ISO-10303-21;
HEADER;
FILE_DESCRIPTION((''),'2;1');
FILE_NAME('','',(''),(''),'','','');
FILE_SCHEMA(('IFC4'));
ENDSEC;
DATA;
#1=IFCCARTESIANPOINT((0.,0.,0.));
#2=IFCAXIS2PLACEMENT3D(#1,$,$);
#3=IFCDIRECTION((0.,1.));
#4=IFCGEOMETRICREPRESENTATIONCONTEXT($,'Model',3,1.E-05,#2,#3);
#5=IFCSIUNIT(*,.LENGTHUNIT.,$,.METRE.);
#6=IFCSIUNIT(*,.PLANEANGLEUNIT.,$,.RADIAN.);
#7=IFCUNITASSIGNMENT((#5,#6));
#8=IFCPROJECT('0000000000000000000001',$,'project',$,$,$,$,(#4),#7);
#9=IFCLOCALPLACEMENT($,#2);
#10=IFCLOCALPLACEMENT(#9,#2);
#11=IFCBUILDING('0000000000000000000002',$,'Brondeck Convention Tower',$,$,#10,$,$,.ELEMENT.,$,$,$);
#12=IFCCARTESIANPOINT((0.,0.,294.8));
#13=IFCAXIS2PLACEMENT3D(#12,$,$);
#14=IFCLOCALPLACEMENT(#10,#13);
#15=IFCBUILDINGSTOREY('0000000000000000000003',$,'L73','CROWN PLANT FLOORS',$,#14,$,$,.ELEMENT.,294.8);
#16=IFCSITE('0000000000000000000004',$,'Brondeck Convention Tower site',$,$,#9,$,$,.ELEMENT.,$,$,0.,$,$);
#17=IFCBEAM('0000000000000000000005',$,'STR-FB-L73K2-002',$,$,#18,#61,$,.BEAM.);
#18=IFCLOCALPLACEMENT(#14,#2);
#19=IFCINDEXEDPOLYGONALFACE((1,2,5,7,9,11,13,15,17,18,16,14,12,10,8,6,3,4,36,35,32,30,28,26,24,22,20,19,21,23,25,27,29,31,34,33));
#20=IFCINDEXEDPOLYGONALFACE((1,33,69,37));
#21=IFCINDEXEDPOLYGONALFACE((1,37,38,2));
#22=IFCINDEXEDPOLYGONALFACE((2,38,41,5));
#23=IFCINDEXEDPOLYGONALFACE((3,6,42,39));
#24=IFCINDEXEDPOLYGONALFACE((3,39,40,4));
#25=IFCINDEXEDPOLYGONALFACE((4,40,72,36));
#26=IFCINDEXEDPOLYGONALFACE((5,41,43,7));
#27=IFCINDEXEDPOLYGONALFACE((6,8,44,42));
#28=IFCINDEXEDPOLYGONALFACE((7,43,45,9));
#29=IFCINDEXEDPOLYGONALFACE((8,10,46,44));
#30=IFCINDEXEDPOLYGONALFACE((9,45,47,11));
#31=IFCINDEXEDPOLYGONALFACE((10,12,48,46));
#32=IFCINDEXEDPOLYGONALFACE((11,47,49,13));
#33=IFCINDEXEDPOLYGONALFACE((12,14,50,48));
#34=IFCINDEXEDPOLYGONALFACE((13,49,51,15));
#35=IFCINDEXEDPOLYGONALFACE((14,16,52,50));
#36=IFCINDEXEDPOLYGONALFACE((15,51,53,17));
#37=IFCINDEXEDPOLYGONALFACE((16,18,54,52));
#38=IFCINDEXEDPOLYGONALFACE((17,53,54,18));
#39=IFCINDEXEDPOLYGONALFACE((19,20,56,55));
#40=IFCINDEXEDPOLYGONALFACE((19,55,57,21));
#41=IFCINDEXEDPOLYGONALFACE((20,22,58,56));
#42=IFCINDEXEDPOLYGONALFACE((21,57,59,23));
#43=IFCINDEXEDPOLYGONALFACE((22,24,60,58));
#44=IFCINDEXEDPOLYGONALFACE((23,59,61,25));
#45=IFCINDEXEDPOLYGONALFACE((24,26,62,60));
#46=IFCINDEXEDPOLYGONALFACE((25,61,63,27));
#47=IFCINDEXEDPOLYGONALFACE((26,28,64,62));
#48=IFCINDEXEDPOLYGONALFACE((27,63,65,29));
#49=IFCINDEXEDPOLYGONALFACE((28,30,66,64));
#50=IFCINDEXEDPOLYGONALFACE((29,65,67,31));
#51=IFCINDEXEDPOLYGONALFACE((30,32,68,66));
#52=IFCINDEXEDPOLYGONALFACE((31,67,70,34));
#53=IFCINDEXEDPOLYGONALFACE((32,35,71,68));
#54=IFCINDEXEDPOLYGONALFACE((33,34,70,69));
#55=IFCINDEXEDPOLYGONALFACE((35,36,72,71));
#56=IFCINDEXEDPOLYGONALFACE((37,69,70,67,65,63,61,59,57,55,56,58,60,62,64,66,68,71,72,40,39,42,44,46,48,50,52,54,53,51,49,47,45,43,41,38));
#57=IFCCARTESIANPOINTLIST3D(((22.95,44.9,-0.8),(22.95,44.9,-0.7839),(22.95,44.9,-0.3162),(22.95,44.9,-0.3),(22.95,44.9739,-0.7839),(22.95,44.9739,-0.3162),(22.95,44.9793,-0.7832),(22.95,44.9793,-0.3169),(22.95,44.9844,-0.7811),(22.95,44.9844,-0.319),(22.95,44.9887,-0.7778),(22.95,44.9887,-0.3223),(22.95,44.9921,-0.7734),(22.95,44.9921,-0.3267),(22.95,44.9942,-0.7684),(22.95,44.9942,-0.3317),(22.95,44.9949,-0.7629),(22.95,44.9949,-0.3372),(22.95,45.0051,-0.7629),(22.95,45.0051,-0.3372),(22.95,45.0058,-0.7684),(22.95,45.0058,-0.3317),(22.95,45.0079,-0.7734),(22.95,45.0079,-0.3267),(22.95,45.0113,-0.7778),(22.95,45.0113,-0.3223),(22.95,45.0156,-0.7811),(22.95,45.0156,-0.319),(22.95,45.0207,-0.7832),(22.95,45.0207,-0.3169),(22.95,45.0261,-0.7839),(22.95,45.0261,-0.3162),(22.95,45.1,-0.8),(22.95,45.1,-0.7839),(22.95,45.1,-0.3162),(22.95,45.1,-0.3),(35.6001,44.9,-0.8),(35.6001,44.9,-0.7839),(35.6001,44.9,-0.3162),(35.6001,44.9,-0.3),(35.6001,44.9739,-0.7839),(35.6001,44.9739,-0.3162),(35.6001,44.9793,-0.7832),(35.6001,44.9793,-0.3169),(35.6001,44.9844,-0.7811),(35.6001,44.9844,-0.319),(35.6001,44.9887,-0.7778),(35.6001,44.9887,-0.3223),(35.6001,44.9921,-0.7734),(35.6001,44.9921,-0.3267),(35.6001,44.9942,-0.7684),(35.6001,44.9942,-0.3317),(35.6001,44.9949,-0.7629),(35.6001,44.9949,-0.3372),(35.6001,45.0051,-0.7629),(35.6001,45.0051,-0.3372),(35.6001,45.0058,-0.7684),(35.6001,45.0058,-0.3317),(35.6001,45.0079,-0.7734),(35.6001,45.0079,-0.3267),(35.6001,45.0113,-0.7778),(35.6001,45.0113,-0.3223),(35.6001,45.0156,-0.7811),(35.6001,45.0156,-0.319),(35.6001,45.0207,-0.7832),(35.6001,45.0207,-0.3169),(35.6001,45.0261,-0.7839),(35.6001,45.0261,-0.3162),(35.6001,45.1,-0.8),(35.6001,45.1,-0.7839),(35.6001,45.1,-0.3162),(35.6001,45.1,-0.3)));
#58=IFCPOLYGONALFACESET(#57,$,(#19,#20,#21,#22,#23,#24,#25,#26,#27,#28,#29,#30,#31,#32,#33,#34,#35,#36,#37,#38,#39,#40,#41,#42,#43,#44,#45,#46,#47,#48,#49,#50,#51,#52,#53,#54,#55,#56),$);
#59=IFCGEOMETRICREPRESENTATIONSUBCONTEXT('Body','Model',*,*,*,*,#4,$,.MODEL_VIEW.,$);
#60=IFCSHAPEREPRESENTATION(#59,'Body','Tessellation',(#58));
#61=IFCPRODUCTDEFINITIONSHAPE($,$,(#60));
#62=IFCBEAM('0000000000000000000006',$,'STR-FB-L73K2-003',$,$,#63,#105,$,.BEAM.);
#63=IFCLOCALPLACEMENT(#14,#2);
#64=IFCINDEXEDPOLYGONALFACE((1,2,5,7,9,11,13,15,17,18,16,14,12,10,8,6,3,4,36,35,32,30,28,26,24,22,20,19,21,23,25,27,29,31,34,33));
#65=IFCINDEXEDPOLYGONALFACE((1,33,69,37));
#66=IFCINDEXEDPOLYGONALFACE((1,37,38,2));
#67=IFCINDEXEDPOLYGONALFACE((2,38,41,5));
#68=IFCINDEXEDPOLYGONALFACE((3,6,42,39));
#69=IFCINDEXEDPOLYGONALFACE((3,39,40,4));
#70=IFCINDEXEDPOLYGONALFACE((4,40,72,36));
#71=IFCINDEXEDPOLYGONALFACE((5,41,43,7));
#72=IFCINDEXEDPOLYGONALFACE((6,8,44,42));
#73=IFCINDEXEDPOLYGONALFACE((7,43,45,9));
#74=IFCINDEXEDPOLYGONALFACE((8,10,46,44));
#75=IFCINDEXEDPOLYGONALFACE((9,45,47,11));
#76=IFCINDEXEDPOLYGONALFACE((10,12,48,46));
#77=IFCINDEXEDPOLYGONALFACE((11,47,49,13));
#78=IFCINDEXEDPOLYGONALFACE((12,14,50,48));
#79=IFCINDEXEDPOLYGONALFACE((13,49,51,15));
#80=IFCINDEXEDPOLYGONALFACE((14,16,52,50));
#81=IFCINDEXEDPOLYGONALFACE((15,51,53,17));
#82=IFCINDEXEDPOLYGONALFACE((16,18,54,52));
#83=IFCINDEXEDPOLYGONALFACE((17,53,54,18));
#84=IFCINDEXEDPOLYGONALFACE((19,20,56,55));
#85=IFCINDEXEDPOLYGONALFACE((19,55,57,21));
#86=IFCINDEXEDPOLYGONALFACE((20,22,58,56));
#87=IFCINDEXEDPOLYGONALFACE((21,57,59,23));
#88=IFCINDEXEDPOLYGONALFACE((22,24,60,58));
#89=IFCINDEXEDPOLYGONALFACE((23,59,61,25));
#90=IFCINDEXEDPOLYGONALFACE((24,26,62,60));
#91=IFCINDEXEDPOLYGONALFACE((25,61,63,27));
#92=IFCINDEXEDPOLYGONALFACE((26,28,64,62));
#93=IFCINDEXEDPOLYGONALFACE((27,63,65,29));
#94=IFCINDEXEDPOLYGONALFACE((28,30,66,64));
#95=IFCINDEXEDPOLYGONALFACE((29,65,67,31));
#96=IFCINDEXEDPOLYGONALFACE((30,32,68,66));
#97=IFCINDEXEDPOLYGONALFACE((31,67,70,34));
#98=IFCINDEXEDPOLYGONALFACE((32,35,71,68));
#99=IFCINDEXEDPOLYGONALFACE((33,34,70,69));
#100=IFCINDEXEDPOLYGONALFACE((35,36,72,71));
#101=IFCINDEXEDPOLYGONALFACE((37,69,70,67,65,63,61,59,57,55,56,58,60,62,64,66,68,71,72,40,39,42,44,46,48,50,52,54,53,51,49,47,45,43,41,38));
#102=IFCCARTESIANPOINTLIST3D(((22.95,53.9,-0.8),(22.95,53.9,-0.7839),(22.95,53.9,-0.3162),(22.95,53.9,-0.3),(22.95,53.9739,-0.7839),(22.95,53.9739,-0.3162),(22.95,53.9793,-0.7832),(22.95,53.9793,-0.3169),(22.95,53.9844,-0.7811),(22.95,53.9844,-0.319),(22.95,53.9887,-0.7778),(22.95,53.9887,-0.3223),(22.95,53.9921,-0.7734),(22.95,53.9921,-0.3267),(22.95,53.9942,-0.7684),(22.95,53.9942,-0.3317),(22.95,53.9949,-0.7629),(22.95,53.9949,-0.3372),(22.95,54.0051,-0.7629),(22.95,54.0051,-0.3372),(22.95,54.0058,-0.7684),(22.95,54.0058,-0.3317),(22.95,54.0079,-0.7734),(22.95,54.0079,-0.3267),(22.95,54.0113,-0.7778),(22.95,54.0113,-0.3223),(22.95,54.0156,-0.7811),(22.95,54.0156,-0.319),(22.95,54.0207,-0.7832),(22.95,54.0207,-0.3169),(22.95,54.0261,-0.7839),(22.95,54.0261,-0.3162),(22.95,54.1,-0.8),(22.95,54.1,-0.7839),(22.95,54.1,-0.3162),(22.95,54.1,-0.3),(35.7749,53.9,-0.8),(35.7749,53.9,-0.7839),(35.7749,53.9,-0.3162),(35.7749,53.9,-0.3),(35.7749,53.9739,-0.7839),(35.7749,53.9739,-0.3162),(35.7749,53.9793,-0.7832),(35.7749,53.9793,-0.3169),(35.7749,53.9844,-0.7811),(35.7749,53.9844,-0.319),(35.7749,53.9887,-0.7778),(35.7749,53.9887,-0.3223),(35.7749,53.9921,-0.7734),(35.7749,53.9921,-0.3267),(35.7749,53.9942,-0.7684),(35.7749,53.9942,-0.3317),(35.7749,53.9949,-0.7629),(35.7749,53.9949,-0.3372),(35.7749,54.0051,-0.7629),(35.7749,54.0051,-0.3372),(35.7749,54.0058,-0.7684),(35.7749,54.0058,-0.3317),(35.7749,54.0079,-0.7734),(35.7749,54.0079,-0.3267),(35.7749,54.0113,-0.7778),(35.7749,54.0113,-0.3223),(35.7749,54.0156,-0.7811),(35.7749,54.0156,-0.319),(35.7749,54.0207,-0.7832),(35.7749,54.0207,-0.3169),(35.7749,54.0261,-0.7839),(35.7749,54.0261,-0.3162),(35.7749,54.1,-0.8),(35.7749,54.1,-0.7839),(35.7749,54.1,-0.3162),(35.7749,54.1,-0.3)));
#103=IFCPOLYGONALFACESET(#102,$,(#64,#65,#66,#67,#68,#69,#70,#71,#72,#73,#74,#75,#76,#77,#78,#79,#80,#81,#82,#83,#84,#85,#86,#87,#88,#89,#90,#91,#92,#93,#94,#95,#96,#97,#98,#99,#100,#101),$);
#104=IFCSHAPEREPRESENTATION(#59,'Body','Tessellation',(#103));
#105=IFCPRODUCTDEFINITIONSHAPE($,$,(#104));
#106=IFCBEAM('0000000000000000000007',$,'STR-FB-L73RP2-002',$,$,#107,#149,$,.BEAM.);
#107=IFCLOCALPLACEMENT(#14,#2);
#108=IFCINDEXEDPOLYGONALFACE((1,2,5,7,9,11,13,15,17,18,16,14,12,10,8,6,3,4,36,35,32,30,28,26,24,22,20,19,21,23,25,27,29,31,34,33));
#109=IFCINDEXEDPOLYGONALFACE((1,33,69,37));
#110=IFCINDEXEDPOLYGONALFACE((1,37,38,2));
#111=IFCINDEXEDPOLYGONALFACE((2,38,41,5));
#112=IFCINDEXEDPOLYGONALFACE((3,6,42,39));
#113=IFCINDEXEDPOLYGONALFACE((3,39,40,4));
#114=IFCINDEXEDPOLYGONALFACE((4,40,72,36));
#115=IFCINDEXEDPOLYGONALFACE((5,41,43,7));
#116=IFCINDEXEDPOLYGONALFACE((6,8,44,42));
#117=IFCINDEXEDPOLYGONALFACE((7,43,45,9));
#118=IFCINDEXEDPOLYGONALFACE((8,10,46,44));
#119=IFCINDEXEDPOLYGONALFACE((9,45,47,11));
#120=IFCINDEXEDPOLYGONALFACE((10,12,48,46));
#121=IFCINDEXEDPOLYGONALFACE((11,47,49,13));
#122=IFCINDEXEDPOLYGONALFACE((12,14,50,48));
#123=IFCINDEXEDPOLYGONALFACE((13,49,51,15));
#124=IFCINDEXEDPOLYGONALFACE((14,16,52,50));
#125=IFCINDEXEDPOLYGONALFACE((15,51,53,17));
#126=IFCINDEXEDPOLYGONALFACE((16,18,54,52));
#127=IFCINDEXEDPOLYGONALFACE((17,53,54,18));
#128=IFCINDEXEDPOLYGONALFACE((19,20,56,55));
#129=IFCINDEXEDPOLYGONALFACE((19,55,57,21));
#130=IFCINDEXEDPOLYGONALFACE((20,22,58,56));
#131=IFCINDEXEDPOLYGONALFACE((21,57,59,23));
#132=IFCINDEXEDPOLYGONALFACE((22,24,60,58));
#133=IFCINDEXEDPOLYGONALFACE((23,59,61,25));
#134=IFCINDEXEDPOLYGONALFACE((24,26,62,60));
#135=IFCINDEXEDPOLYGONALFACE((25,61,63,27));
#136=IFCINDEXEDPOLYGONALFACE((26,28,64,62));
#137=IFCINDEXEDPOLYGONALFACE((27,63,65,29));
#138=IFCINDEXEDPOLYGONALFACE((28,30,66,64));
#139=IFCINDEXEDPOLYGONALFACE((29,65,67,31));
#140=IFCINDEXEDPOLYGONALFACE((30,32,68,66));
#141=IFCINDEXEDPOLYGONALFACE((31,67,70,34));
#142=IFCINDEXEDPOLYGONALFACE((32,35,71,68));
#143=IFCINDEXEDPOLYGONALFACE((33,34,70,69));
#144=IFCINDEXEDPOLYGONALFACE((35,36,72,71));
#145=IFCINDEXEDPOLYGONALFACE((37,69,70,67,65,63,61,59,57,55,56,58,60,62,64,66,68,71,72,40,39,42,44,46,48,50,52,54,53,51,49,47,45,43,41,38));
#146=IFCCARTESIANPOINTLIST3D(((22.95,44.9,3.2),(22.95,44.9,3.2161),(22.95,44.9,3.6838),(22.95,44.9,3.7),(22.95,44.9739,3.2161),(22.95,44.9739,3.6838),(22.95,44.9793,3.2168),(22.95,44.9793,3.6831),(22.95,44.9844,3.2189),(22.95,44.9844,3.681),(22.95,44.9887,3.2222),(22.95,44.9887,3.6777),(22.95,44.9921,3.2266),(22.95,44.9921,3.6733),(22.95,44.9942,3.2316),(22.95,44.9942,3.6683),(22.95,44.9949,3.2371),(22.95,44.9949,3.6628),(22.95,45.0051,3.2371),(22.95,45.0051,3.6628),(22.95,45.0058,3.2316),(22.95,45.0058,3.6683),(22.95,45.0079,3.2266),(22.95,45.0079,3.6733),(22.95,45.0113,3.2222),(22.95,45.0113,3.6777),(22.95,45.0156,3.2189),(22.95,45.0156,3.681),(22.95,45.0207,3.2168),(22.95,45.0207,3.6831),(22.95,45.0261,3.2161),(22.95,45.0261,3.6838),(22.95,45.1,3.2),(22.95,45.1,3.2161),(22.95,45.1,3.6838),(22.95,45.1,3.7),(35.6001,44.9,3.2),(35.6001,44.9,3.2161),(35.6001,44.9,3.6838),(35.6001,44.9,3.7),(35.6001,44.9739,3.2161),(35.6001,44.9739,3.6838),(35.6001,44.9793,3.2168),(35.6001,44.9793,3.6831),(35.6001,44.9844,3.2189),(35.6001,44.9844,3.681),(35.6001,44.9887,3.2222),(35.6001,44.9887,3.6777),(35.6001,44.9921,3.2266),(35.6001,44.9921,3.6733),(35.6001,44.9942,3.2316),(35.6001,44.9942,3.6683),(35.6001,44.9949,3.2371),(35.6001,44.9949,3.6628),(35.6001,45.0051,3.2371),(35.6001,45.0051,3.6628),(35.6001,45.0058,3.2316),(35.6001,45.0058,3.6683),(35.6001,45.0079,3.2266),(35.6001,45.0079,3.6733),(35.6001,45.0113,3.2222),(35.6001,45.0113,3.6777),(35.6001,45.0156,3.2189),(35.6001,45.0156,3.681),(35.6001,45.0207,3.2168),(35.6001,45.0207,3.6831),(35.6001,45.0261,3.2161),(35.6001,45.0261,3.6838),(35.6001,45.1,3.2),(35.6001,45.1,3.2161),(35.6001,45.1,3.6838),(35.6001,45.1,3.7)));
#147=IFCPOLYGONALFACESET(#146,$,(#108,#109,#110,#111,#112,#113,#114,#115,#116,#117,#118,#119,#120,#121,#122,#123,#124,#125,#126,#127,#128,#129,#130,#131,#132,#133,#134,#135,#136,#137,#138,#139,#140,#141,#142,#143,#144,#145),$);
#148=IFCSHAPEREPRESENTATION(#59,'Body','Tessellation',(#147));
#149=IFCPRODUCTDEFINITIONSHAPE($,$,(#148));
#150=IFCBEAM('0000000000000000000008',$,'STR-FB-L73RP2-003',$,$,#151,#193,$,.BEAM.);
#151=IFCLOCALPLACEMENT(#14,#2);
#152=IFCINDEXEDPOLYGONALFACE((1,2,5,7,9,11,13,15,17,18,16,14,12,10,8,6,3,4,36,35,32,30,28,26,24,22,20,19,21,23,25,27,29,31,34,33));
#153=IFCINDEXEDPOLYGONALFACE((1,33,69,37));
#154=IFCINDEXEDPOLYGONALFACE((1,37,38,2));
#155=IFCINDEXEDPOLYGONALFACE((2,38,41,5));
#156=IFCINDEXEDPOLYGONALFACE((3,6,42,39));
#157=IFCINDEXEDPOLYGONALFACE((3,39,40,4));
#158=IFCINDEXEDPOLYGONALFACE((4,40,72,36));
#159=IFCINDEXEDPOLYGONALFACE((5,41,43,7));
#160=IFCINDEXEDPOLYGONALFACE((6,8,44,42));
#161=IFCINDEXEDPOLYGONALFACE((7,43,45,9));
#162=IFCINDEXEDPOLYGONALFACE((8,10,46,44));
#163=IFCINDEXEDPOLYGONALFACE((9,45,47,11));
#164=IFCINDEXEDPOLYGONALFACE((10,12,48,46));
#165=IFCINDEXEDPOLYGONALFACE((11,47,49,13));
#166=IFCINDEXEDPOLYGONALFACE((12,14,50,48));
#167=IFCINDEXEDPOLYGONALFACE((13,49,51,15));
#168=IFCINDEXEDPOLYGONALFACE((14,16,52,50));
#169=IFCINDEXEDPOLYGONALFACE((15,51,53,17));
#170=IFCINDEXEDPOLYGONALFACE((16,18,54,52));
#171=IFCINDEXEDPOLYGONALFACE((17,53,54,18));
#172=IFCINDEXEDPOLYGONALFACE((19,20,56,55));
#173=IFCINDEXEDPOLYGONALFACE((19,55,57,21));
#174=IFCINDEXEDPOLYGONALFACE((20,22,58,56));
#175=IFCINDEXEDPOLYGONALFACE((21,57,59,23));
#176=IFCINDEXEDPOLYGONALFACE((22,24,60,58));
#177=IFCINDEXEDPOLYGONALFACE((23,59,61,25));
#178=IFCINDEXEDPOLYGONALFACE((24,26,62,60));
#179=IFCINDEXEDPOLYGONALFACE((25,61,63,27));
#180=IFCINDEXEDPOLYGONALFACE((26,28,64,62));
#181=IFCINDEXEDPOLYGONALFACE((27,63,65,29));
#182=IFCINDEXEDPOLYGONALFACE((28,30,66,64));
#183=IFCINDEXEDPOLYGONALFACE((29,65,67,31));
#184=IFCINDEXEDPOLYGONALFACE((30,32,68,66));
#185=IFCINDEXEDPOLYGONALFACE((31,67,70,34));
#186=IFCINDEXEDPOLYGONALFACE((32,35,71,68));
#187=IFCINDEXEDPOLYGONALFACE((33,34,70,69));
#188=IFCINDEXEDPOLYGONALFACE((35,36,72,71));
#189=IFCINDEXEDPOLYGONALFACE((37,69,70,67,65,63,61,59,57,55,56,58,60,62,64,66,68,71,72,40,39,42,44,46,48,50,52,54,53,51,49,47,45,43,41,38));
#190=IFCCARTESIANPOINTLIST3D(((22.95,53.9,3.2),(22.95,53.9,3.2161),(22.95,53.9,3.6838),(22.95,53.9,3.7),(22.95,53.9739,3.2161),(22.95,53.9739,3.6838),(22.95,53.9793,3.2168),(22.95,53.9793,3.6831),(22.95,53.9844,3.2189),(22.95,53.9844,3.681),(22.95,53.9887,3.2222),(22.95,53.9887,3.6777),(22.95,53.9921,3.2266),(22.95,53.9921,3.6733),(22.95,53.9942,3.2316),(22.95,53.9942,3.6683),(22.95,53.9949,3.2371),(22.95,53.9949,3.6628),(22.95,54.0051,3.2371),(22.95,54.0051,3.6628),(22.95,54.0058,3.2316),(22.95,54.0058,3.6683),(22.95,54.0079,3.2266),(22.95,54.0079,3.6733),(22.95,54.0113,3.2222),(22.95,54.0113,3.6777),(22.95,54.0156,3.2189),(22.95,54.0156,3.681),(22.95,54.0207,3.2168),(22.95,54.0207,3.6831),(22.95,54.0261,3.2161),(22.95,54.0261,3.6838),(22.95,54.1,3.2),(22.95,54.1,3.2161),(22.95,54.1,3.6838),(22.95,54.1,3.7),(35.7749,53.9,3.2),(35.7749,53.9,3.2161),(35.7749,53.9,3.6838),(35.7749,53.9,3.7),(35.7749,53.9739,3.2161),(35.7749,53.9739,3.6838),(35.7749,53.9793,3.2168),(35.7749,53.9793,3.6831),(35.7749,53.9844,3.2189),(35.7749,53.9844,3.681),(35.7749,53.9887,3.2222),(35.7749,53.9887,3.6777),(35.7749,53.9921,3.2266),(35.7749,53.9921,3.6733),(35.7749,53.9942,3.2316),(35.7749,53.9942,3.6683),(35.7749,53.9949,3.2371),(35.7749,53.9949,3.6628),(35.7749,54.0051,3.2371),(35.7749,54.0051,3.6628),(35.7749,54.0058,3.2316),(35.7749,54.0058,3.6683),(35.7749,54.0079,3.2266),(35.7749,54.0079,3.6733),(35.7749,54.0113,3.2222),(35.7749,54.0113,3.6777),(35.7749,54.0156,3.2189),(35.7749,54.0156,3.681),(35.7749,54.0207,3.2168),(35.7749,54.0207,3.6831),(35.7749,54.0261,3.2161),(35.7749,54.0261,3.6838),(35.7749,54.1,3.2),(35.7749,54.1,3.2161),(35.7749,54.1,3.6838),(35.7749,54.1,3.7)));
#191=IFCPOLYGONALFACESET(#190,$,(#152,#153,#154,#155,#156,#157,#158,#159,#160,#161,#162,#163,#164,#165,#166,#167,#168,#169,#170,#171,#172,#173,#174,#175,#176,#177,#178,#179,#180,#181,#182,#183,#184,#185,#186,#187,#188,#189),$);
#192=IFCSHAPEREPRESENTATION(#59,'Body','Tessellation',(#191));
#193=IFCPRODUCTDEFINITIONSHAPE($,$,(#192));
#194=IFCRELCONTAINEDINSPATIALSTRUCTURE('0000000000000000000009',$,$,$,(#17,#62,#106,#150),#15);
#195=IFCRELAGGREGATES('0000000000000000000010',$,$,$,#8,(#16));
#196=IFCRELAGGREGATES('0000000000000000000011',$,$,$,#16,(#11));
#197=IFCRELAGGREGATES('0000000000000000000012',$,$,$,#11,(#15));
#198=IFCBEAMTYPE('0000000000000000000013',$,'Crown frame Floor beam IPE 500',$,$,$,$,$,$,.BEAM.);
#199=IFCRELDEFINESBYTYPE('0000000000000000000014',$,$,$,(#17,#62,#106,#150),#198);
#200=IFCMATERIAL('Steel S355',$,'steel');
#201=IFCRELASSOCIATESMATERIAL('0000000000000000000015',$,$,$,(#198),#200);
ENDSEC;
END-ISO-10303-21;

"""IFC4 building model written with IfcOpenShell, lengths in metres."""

from ifc_helpers import new_model, si_unit, direction, frame, origin, origin_2d, place, context, subcontext, project, spatial, i_section, extrude, material, material_profile, profile_set, type_object, element, save


model = new_model("IFC4")

# Units and contexts
model_context = context("Model", 3, precision=1e-05, world=origin(), true_north=direction((0.0, 1.0)))
body_context = subcontext(model_context, "Body", "Model", "MODEL_VIEW")
ifc_project = project(units=[si_unit("LENGTHUNIT", "METRE"), si_unit("PLANEANGLEUNIT", "RADIAN")], contexts=[model_context])

# Site, building, storey
site_placement = place(None, origin())
site = spatial("IfcSite", under=ifc_project, at=site_placement, Name="Brondeck Convention Tower site", CompositionType="ELEMENT", RefElevation=0.0)
building_placement = place(site_placement, origin())
building = spatial("IfcBuilding", under=site, at=building_placement, Name="Brondeck Convention Tower", CompositionType="ELEMENT")
storey_placement = place(building_placement, frame((0.0, 0.0, 294.8)))
storey = spatial("IfcBuildingStorey", under=building, at=storey_placement, Name="L73", Description="CROWN PLANT FLOORS", CompositionType="ELEMENT", Elevation=294.8)

# Beams
ifc_material_1 = material(Name="Steel S355", Category="steel")
ifc_material_profile_1 = material_profile(ifc_material_1, i_section(OverallWidth=0.2, OverallDepth=0.5, WebThickness=0.0103, FlangeThickness=0.0161, FilletRadius=0.021, at=origin_2d()), Name="IPE 500")
ifc_profile_set_1 = profile_set([ifc_material_profile_1], Name="Steel S355")
beam_type_1 = type_object("IfcBeamType", Name="Crown frame Floor beam IPE 500", PredefinedType="BEAM", material=ifc_profile_set_1)
beam_1_placement = place(storey_placement, frame((22.95, 45.0, -0.55), z_axis=(1.0, 0.0, 0.0), x_axis=(0.0, 1.0, 0.0)))
element("IfcBeam", 1, at=beam_1_placement, inside=storey, type_object=beam_type_1, Name="STR-FB-L73K2-002", PredefinedType="BEAM", context=body_context, shape_type="SweptSolid", body=[
    extrude(i_section(OverallWidth=0.2, OverallDepth=0.5, WebThickness=0.0103, FlangeThickness=0.0161, FilletRadius=0.021, at=origin_2d()), origin(), (0.0, 0.0, 1.0), 12.6501),
])
beam_2_placement = place(storey_placement, frame((22.95, 54.0, -0.55), z_axis=(1.0, 0.0, 0.0), x_axis=(0.0, 1.0, 0.0)))
element("IfcBeam", 2, at=beam_2_placement, inside=storey, type_object=beam_type_1, Name="STR-FB-L73K2-003", PredefinedType="BEAM", context=body_context, shape_type="SweptSolid", body=[
    extrude(i_section(OverallWidth=0.2, OverallDepth=0.5, WebThickness=0.0103, FlangeThickness=0.0161, FilletRadius=0.021, at=origin_2d()), origin(), (0.0, 0.0, 1.0), 12.825),
])
beam_3_placement = place(storey_placement, frame((22.95, 45.0, 3.45), z_axis=(1.0, 0.0, 0.0), x_axis=(0.0, 1.0, 0.0)))
element("IfcBeam", 3, at=beam_3_placement, inside=storey, type_object=beam_type_1, Name="STR-FB-L73RP2-002", PredefinedType="BEAM", context=body_context, shape_type="SweptSolid", body=[
    extrude(i_section(OverallWidth=0.2, OverallDepth=0.5, WebThickness=0.0103, FlangeThickness=0.0161, FilletRadius=0.021, at=origin_2d()), origin(), (0.0, 0.0, 1.0), 12.6501),
])
beam_4_placement = place(storey_placement, frame((22.95, 54.0, 3.45), z_axis=(1.0, 0.0, 0.0), x_axis=(0.0, 1.0, 0.0)))
element("IfcBeam", 4, at=beam_4_placement, inside=storey, type_object=beam_type_1, Name="STR-FB-L73RP2-003", PredefinedType="BEAM", context=body_context, shape_type="SweptSolid", body=[
    extrude(i_section(OverallWidth=0.2, OverallDepth=0.5, WebThickness=0.0103, FlangeThickness=0.0161, FilletRadius=0.021, at=origin_2d()), origin(), (0.0, 0.0, 1.0), 12.825),
])

save(model, "model.ifc")
